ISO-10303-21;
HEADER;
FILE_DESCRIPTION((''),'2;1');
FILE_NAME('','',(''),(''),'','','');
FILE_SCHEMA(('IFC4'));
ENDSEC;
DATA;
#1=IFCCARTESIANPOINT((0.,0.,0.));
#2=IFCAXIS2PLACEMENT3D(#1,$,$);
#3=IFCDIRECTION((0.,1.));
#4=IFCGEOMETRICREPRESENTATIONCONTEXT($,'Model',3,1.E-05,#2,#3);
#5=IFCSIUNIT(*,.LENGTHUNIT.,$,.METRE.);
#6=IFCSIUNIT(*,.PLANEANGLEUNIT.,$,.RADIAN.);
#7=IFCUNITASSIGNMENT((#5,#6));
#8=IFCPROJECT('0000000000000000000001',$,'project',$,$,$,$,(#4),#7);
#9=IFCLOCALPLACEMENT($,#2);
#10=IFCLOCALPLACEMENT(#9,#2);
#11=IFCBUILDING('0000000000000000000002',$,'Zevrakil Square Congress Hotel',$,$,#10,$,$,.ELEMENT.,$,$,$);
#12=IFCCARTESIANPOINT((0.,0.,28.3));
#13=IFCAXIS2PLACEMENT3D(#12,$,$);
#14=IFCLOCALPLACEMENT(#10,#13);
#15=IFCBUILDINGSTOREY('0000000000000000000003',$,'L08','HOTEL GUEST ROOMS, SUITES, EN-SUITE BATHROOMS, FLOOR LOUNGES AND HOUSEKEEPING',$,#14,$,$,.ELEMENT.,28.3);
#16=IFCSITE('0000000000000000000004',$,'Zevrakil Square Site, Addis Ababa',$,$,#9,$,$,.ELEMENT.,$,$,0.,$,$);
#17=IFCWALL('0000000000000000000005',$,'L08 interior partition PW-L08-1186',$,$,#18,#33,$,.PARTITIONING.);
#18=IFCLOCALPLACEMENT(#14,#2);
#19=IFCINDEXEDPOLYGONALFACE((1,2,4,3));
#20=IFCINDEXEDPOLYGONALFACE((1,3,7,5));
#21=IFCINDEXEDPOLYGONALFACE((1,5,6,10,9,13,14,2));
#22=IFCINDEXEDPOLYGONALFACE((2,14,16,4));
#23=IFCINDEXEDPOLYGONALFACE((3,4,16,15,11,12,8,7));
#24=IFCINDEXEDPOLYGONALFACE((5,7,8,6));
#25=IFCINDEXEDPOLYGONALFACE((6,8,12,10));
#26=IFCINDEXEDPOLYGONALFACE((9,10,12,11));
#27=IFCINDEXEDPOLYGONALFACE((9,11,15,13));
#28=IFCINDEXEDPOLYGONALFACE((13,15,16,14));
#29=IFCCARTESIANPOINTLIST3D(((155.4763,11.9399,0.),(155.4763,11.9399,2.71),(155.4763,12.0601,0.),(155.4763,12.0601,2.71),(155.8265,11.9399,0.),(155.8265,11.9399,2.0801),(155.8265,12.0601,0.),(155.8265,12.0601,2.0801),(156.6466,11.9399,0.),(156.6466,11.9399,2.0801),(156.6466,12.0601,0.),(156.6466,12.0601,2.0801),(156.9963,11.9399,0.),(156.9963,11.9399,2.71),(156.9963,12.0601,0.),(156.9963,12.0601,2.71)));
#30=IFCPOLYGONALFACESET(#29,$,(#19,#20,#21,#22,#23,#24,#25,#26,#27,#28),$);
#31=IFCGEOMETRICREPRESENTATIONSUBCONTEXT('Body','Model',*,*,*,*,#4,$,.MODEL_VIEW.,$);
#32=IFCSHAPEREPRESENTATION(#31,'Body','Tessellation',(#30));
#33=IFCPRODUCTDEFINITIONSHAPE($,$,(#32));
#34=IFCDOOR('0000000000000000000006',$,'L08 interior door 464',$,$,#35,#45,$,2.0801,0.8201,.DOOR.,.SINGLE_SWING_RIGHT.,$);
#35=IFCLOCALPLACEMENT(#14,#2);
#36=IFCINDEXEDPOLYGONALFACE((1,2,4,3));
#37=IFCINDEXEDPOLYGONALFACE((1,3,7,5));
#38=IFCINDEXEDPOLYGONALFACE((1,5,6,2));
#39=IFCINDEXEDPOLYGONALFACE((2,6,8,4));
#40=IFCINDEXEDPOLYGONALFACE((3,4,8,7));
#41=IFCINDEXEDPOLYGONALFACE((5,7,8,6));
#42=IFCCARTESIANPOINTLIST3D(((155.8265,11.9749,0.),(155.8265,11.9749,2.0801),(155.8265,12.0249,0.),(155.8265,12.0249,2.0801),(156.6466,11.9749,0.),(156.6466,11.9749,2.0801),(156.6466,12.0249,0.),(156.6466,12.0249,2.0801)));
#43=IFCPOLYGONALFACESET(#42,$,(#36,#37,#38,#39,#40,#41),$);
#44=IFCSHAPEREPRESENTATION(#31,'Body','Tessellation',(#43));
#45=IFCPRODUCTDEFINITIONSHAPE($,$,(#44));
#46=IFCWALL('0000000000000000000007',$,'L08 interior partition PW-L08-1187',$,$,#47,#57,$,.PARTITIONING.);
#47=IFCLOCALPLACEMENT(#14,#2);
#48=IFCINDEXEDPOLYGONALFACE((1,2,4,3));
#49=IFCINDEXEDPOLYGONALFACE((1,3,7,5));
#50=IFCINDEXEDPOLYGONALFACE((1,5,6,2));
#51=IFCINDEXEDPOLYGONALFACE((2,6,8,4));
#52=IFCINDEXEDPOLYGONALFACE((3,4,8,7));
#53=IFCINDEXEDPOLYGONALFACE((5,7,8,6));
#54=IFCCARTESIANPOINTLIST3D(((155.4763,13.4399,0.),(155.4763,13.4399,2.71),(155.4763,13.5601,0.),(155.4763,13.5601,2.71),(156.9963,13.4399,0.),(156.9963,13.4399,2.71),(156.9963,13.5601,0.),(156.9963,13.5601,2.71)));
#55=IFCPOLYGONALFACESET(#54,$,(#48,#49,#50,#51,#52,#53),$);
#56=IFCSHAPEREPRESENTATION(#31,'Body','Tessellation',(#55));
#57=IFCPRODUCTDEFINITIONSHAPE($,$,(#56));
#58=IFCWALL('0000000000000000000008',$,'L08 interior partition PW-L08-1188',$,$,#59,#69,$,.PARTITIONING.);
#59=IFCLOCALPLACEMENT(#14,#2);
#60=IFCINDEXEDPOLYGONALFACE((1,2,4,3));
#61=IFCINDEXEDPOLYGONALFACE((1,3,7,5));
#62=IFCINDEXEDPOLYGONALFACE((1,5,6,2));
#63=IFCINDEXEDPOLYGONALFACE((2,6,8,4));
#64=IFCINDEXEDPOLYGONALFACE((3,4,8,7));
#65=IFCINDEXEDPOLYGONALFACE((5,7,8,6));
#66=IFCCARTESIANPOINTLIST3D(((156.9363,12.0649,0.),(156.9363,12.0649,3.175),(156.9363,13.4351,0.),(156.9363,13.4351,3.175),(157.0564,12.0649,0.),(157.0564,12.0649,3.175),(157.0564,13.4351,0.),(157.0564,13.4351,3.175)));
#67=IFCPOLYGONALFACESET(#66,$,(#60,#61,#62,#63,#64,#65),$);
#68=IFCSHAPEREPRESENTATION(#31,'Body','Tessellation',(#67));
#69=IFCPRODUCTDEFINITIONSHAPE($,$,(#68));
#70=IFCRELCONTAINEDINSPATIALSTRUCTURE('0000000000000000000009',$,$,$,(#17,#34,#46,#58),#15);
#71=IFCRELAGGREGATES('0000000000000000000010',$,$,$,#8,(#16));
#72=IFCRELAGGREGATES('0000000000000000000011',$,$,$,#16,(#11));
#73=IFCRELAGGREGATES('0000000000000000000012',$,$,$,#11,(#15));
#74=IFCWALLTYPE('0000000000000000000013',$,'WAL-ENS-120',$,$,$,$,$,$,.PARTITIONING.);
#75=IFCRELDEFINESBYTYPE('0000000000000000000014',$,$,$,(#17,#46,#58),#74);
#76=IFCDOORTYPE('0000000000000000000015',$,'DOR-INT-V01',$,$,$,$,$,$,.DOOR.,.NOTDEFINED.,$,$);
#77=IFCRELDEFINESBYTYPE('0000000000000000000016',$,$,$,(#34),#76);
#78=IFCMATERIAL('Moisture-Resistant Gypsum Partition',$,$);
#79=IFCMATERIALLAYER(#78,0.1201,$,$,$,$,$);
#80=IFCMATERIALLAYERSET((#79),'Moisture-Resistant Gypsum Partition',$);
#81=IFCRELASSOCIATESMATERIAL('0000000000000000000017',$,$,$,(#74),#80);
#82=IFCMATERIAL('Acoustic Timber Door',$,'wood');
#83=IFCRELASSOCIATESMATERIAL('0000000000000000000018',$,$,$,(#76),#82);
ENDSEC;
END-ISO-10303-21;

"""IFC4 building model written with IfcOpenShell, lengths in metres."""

from ifc_helpers import new_model, si_unit, direction, frame, frame_2d, origin, place, context, subcontext, project, spatial, rectangle, extrude, material, layer, layer_set, type_object, element, fill, save


model = new_model("IFC4")

# Units and contexts
model_context = context("Model", 3, precision=1e-05, world=origin(), true_north=direction((0.0, 1.0)))
body_context = subcontext(model_context, "Body", "Model", "MODEL_VIEW")
ifc_project = project(units=[si_unit("LENGTHUNIT", "METRE"), si_unit("PLANEANGLEUNIT", "RADIAN")], contexts=[model_context])

# Site, building, storey
site_placement = place(None, origin())
site = spatial("IfcSite", under=ifc_project, at=site_placement, Name="Zevrakil Square Site, Addis Ababa", CompositionType="ELEMENT", RefElevation=0.0)
building_placement = place(site_placement, origin())
building = spatial("IfcBuilding", under=site, at=building_placement, Name="Zevrakil Square Congress Hotel", CompositionType="ELEMENT")
storey_placement = place(building_placement, frame((0.0, 0.0, 28.3)))
storey = spatial("IfcBuildingStorey", under=building, at=storey_placement, Name="L08", Description="HOTEL GUEST ROOMS, SUITES, EN-SUITE BATHROOMS, FLOOR LOUNGES AND HOUSEKEEPING", CompositionType="ELEMENT", Elevation=28.3)

# Shared definitions
ifc_material_1 = material(Name="Moisture-Resistant Gypsum Partition")
ifc_layer_1 = layer(ifc_material_1, 0.1201)
ifc_layer_set_1 = layer_set([ifc_layer_1], Name="Moisture-Resistant Gypsum Partition")
wall_type_1 = type_object("IfcWallType", Name="WAL-ENS-120", PredefinedType="PARTITIONING", material=ifc_layer_set_1)

# Shared definitions
ifc_material_2 = material(Name="Acoustic Timber Door", Category="wood")
door_type_1 = type_object("IfcDoorType", Name="DOR-INT-V01", OperationType="NOTDEFINED", PredefinedType="DOOR", material=ifc_material_2)

# Wall, opening, door
wall_1_placement = place(storey_placement, frame((155.4763, 12.0, 0.0), z_axis=(0.0, 0.0, 1.0), x_axis=(1.0, 0.0, 0.0)))
wall_1 = element("IfcWall", 1, at=wall_1_placement, inside=storey, type_object=wall_type_1, Name="L08 interior partition PW-L08-1186", PredefinedType="PARTITIONING", context=body_context, shape_type="SweptSolid", body=[
    extrude(rectangle(XDim=1.52, YDim=0.1201, at=frame_2d((0.76, 0.0))), origin(), (0.0, 0.0, 1.0), 2.71),
])
opening_1_placement = place(wall_1_placement, frame((0.3501, 0.0, 0.0)))
opening_1 = element("IfcOpeningElement", 2, at=opening_1_placement, cuts=wall_1, PredefinedType="OPENING", context=body_context, shape_type="SweptSolid", body=[
    extrude(rectangle(XDim=0.8201, YDim=2.0801, at=frame_2d((0.4102, 1.04))), frame((0.0, 0.0701, 0.0), z_axis=(0.0, -1.0, 0.0), x_axis=(1.0, 0.0, 0.0)), (0.0, 0.0, 1.0), 0.1401),
])
door_1_placement = place(opening_1_placement, origin())
door_1 = element("IfcDoor", 3, at=door_1_placement, inside=storey, type_object=door_type_1, Name="L08 interior door 464", OperationType="SINGLE_SWING_RIGHT", OverallHeight=2.0801, OverallWidth=0.8201, PredefinedType="DOOR", context=body_context, shape_type="SweptSolid", body=[
    extrude(rectangle(XDim=0.8201, YDim=2.0801, at=frame_2d((0.4102, 1.04))), frame((0.0, 0.0249, 0.0), z_axis=(0.0, -1.0, 0.0), x_axis=(1.0, 0.0, 0.0)), (0.0, 0.0, 1.0), 0.05),
])
fill(opening_1, door_1)

# Walls
wall_2_placement = place(storey_placement, frame((155.4763, 13.5, 0.0), z_axis=(0.0, 0.0, 1.0), x_axis=(1.0, 0.0, 0.0)))
element("IfcWall", 4, at=wall_2_placement, inside=storey, type_object=wall_type_1, Name="L08 interior partition PW-L08-1187", PredefinedType="PARTITIONING", context=body_context, shape_type="SweptSolid", body=[
    extrude(rectangle(XDim=1.52, YDim=0.1201, at=frame_2d((0.76, 0.0))), origin(), (0.0, 0.0, 1.0), 2.71),
])
wall_3_placement = place(storey_placement, frame((156.9963, 12.0649, 0.0), z_axis=(0.0, 0.0, 1.0), x_axis=(0.0, 1.0, 0.0)))
element("IfcWall", 5, at=wall_3_placement, inside=storey, type_object=wall_type_1, Name="L08 interior partition PW-L08-1188", PredefinedType="PARTITIONING", context=body_context, shape_type="SweptSolid", body=[
    extrude(rectangle(XDim=1.3701, YDim=0.1201, at=frame_2d((0.6851, 0.0))), origin(), (0.0, 0.0, 1.0), 3.175),
])

save(model, "model.ifc")
